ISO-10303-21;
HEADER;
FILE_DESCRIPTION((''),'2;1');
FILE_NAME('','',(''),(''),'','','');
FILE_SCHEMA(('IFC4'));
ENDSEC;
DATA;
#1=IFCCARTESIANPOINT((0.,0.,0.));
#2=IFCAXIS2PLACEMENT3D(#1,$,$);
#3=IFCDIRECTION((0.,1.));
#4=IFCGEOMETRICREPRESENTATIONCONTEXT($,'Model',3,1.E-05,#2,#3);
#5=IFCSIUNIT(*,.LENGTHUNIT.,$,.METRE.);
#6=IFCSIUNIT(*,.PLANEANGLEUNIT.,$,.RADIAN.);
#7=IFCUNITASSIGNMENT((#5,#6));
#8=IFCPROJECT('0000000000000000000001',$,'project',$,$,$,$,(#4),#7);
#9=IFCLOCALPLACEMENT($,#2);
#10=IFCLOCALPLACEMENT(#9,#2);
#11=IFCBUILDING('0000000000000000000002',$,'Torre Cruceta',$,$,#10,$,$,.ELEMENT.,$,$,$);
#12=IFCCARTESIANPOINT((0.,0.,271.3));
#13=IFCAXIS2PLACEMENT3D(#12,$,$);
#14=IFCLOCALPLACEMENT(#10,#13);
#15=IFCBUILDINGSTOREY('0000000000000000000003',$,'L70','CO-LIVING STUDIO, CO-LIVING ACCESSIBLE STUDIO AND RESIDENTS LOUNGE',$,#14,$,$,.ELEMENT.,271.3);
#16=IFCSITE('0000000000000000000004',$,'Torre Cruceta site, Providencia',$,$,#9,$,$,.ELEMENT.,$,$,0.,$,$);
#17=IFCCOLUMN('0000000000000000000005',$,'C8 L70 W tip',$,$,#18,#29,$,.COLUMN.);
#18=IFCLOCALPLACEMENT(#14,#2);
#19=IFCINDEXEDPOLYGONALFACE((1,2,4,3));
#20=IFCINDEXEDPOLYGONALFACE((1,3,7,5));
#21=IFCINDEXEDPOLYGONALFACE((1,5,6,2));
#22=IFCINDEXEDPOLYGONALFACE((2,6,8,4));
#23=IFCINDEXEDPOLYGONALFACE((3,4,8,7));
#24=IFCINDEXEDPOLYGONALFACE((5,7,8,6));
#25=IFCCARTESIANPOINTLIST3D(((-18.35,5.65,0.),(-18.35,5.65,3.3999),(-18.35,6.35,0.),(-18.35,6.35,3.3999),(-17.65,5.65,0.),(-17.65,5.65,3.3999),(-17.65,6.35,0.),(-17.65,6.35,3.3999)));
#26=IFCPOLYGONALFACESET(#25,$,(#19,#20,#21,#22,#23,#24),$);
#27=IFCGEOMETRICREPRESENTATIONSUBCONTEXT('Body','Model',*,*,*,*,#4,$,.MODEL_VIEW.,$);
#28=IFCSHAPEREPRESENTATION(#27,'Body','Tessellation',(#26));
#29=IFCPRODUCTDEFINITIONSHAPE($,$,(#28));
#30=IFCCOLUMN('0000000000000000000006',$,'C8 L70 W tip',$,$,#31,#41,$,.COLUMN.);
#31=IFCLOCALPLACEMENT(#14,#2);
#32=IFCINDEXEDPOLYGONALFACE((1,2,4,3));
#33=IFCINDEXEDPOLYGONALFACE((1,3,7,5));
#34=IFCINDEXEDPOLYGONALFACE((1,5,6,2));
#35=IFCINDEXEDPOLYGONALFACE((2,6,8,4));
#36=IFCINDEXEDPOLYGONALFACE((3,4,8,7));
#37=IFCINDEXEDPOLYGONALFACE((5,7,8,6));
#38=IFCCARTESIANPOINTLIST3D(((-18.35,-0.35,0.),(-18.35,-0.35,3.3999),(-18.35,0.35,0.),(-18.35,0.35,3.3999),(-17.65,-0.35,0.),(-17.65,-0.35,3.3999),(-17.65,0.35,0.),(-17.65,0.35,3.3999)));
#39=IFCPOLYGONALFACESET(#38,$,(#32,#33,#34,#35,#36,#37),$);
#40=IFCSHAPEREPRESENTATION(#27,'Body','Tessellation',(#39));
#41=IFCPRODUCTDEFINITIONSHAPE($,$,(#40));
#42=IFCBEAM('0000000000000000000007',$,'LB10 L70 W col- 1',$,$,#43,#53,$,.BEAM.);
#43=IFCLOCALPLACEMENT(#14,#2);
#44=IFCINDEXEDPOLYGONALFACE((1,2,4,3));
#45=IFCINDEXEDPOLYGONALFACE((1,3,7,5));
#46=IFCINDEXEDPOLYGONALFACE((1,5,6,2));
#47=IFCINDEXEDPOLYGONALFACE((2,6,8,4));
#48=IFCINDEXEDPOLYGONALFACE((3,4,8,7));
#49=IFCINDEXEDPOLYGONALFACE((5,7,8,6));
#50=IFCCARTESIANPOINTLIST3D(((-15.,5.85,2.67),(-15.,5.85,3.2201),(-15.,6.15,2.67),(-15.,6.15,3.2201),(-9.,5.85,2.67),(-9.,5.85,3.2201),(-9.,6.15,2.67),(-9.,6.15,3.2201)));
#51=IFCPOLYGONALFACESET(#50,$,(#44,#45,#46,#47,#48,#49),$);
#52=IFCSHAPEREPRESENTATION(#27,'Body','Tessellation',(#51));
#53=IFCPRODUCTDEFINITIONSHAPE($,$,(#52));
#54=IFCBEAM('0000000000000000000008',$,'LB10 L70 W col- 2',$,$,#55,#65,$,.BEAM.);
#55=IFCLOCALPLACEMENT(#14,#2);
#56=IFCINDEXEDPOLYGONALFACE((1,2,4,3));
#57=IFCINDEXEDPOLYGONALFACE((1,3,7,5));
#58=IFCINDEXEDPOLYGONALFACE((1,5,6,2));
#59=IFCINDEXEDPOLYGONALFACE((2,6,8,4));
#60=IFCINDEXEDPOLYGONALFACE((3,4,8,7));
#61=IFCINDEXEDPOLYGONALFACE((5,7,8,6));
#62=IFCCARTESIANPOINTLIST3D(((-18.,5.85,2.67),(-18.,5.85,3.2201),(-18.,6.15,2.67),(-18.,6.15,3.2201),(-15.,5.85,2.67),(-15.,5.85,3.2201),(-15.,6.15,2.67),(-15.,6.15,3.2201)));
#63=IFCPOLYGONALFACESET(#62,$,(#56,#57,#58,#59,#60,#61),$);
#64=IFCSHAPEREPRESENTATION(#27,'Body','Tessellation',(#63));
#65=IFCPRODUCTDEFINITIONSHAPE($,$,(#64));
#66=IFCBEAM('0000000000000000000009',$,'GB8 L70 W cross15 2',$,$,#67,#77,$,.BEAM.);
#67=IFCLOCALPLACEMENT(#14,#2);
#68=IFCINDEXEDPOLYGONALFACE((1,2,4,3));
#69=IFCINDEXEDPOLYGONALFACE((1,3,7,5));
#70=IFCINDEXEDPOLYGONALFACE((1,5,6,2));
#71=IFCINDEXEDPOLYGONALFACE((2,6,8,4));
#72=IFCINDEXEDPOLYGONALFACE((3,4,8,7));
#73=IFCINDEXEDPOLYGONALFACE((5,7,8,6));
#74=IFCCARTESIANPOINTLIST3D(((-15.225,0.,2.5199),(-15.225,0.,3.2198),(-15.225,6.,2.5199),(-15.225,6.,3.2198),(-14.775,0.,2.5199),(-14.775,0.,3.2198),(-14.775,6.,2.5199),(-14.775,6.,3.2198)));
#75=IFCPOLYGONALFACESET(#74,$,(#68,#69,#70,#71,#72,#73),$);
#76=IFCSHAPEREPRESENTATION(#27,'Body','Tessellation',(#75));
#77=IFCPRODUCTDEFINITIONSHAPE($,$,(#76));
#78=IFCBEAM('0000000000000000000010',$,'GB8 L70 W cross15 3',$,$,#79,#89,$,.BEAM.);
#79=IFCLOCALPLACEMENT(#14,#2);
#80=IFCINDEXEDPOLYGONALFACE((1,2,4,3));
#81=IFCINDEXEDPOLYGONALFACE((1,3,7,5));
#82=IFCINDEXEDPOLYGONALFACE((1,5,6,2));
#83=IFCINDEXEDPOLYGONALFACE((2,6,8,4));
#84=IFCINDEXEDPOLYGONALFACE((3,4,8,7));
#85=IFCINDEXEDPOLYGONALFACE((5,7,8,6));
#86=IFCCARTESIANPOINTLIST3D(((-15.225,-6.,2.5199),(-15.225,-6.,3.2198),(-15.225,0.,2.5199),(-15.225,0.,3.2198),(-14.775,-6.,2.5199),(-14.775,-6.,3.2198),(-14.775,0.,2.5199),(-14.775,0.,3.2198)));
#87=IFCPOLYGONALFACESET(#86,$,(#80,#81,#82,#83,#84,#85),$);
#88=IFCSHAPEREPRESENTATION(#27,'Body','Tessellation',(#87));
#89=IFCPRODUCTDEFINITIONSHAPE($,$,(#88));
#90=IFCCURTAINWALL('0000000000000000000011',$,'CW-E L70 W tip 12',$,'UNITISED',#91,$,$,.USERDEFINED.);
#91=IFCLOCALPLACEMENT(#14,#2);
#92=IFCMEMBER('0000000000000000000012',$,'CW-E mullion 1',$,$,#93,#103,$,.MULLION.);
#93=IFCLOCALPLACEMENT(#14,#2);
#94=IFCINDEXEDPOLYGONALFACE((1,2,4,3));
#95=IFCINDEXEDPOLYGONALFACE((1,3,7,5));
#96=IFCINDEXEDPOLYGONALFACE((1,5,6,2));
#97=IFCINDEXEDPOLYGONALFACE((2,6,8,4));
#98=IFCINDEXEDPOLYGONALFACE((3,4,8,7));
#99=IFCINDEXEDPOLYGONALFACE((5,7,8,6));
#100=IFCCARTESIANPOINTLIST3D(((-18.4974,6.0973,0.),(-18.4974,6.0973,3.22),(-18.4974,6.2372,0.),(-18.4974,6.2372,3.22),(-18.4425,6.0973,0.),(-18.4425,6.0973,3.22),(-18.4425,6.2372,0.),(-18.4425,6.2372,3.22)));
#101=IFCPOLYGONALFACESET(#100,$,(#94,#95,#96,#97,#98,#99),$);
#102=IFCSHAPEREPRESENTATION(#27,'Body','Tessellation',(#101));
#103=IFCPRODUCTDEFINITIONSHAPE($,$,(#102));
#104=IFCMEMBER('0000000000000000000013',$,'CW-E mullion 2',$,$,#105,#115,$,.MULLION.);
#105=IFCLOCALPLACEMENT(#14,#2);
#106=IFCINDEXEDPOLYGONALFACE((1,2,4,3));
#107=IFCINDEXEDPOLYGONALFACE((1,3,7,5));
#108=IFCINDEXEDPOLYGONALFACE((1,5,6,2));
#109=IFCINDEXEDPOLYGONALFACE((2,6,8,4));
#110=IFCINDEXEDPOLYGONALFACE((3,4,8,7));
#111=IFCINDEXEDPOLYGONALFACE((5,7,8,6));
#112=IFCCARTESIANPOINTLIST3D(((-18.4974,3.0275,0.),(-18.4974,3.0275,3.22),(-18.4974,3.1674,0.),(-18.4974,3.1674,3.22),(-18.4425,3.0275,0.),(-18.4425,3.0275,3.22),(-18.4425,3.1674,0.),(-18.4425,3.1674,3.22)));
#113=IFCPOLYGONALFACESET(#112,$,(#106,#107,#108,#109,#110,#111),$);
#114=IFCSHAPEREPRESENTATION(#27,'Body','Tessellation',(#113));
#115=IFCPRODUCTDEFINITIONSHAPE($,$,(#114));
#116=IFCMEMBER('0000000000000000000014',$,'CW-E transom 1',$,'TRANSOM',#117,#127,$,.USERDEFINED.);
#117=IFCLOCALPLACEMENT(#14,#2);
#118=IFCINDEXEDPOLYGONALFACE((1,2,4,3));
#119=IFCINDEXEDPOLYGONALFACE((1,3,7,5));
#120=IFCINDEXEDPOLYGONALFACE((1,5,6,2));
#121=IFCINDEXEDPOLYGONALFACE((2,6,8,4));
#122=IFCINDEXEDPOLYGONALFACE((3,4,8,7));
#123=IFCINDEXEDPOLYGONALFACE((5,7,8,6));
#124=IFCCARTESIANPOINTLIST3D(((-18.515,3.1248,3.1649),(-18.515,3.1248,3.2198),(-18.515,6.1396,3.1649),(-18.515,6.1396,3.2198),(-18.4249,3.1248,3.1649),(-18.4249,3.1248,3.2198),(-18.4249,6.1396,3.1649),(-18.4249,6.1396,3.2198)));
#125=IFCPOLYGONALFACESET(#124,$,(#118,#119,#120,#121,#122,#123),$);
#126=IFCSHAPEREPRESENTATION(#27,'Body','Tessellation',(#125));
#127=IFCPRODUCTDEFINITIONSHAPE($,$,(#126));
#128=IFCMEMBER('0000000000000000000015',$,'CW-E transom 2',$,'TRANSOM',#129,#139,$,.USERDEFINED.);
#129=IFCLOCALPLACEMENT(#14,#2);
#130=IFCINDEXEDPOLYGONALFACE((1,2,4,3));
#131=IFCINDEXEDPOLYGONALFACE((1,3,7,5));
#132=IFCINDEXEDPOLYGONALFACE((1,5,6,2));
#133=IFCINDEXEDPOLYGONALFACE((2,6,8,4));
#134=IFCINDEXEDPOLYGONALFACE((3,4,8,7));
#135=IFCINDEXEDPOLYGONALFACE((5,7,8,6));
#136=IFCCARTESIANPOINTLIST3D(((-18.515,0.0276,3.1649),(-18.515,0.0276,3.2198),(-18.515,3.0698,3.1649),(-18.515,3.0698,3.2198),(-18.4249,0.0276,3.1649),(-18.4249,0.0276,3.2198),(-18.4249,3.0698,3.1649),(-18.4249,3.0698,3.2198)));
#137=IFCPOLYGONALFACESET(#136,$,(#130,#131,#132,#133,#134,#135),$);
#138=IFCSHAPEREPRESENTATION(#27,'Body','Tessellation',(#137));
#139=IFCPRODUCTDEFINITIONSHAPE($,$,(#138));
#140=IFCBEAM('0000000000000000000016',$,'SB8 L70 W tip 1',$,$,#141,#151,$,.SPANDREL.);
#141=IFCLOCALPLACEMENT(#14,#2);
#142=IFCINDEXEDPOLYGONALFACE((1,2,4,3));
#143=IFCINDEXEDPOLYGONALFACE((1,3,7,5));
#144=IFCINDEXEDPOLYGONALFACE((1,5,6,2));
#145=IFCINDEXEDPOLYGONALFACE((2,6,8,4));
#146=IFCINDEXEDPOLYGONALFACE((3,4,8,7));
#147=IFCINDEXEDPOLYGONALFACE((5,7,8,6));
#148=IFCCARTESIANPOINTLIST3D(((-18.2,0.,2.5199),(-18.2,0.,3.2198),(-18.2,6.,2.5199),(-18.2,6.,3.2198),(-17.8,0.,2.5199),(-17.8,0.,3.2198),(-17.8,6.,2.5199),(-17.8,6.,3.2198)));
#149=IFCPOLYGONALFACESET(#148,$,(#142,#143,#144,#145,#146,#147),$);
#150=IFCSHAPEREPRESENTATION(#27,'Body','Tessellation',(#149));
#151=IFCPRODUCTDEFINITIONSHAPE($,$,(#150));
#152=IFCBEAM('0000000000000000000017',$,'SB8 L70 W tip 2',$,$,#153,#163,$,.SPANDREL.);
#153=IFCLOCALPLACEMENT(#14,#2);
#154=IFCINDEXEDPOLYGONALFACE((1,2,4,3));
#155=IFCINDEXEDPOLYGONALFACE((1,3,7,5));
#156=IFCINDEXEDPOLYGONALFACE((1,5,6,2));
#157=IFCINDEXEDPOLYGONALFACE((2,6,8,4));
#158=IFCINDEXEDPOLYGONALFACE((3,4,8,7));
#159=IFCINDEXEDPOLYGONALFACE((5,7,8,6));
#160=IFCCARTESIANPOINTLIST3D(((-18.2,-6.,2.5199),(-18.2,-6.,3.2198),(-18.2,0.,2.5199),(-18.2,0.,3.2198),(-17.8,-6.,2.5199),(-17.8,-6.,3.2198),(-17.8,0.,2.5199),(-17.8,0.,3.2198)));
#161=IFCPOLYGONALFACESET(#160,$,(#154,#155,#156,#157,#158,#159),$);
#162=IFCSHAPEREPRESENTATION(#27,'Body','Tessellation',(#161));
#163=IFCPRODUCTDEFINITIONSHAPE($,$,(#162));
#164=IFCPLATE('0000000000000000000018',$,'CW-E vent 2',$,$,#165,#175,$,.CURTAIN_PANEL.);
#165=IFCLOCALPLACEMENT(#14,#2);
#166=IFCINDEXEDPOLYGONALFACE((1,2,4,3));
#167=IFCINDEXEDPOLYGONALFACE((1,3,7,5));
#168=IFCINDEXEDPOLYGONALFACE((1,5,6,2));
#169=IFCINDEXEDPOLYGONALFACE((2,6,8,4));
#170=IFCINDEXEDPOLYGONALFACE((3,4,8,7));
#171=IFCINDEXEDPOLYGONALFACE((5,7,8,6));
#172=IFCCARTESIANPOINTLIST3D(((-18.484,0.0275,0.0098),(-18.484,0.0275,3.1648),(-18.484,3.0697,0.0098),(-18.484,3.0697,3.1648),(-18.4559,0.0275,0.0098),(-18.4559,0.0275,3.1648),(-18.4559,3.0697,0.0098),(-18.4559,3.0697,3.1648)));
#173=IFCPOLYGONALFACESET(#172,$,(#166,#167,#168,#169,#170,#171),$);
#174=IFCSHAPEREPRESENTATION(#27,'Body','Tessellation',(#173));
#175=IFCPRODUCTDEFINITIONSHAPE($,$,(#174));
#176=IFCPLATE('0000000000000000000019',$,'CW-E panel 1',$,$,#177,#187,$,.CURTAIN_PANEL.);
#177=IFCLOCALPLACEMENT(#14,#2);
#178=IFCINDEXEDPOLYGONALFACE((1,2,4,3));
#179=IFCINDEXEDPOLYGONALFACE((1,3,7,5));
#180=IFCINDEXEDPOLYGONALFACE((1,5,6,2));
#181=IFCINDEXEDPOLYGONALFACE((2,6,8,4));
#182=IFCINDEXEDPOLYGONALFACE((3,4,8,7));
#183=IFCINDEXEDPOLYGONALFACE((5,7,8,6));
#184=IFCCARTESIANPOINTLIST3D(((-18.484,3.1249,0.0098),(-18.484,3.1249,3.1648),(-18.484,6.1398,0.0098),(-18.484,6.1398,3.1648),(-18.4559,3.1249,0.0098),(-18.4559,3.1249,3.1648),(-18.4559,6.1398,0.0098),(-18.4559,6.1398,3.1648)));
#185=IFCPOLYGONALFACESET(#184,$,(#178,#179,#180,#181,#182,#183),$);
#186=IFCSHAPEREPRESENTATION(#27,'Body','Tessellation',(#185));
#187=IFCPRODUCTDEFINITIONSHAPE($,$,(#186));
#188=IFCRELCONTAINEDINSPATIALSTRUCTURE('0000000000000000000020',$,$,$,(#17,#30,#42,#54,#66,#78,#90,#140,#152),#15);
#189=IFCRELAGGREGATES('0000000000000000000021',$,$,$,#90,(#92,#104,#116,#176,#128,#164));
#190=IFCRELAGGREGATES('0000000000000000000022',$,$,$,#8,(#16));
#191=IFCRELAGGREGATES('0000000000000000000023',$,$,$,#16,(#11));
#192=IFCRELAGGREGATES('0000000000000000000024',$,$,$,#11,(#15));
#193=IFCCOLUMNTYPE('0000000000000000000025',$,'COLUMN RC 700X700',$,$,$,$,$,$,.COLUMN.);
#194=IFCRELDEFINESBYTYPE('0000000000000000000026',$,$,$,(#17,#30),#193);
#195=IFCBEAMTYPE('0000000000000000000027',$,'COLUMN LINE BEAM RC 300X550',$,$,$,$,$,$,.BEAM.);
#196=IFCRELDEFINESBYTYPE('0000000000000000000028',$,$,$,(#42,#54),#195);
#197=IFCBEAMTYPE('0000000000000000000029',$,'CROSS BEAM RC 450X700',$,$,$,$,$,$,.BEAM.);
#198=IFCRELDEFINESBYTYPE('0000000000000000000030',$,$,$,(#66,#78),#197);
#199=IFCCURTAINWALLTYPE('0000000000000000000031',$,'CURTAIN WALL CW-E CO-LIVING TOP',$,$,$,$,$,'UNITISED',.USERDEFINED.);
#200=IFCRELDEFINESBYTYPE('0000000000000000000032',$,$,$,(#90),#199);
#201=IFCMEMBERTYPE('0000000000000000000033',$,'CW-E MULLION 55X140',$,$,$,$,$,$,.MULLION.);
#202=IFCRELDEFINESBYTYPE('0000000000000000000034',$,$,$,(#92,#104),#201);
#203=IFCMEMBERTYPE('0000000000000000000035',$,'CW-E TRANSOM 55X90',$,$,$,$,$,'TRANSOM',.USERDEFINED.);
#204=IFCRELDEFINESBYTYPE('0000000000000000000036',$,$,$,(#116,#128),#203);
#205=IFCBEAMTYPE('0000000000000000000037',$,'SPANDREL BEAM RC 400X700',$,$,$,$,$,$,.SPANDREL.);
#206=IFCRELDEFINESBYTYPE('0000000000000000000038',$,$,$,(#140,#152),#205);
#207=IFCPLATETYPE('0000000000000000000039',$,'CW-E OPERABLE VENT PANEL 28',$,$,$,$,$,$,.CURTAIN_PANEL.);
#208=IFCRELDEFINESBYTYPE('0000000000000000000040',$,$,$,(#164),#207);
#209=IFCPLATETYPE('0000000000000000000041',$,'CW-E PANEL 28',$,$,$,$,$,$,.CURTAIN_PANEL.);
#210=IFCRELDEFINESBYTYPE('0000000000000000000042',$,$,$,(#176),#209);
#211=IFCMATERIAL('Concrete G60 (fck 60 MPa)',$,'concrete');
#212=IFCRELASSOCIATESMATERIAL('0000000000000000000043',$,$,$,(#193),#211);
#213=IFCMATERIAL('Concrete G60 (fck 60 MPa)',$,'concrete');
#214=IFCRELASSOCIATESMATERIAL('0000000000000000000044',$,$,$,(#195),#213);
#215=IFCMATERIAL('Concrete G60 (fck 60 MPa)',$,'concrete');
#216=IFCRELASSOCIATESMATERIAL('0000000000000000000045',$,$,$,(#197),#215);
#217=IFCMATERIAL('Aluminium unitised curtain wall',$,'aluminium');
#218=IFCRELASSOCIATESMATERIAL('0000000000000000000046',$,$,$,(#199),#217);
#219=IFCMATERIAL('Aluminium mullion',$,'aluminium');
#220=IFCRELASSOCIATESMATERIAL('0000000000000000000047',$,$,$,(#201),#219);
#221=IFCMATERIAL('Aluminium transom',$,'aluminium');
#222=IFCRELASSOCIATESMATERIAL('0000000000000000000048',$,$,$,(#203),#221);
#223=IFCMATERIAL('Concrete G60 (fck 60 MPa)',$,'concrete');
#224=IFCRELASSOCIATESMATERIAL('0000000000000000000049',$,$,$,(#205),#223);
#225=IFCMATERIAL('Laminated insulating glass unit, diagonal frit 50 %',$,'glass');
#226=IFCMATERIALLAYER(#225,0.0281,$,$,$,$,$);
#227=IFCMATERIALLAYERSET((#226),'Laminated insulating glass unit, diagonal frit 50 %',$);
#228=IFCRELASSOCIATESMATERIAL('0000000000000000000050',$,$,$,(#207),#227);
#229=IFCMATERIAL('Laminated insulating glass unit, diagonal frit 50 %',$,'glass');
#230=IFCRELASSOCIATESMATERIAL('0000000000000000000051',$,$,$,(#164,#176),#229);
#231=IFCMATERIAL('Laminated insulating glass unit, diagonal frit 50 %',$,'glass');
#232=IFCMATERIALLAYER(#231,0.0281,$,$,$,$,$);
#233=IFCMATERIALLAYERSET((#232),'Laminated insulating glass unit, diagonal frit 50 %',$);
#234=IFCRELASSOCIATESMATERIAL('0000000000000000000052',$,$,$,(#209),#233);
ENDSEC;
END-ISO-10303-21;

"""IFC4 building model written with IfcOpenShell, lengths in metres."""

from ifc_helpers import new_model, si_unit, direction, frame, origin, origin_2d, place, context, subcontext, project, spatial, rectangle, extrude, material, layer, layer_set, material_profile, profile_set, type_object, element, aggregate, save


model = new_model("IFC4")

# Units and contexts
model_context = context("Model", 3, precision=1e-05, world=origin(), true_north=direction((0.0, 1.0)))
body_context = subcontext(model_context, "Body", "Model", "MODEL_VIEW")
ifc_project = project(units=[si_unit("LENGTHUNIT", "METRE"), si_unit("PLANEANGLEUNIT", "RADIAN")], contexts=[model_context])

# Site, building, storey
site_placement = place(None, origin())
site = spatial("IfcSite", under=ifc_project, at=site_placement, Name="Torre Cruceta site, Providencia", CompositionType="ELEMENT", RefElevation=0.0)
building_placement = place(site_placement, origin())
building = spatial("IfcBuilding", under=site, at=building_placement, Name="Torre Cruceta", CompositionType="ELEMENT")
storey_placement = place(building_placement, frame((0.0, 0.0, 271.3)))
storey = spatial("IfcBuildingStorey", under=building, at=storey_placement, Name="L70", Description="CO-LIVING STUDIO, CO-LIVING ACCESSIBLE STUDIO AND RESIDENTS LOUNGE", CompositionType="ELEMENT", Elevation=271.3)

# Columns
ifc_material_1 = material(Name="Concrete G60 (fck 60 MPa)", Category="concrete")
ifc_material_profile_1 = material_profile(ifc_material_1, rectangle(XDim=0.7, YDim=0.7, at=origin_2d()), Name="RC 700X700")
ifc_profile_set_1 = profile_set([ifc_material_profile_1], Name="Concrete G60 (fck 60 MPa)")
column_type = type_object("IfcColumnType", Name="COLUMN RC 700X700", PredefinedType="COLUMN", material=ifc_profile_set_1)
for number, where, z_axis, x_axis, name in (
    (1, (-18.0, 6.0, 0.0), (0.0, 0.0, 1.0), (1.0, 0.0, 0.0), "C8 L70 W tip"),
    (2, (-18.0, 0.0, 0.0), (0.0, 0.0, 1.0), (1.0, 0.0, 0.0), "C8 L70 W tip"),
):
    element("IfcColumn", number, at=place(storey_placement, frame(where, z_axis=z_axis, x_axis=x_axis)), inside=storey, type_object=column_type, Name=name, PredefinedType="COLUMN", context=body_context, shape_type="SweptSolid", body=[
        extrude(rectangle(XDim=0.7, YDim=0.7, at=origin_2d()), origin(), (0.0, 0.0, 1.0), 3.3999),
    ])

# Beams
ifc_material_2 = material(Name="Concrete G60 (fck 60 MPa)", Category="concrete")
ifc_material_profile_2 = material_profile(ifc_material_2, rectangle(XDim=0.3, YDim=0.55, at=origin_2d()), Name="RC 300X550")
ifc_profile_set_2 = profile_set([ifc_material_profile_2], Name="Concrete G60 (fck 60 MPa)")
beam_type_1 = type_object("IfcBeamType", Name="COLUMN LINE BEAM RC 300X550", PredefinedType="BEAM", material=ifc_profile_set_2)
beam_1_placement = place(storey_placement, frame((-9.0, 6.0, 2.9451), z_axis=(-1.0, 0.0, 0.0), x_axis=(0.0, -1.0, 0.0)))
element("IfcBeam", 3, at=beam_1_placement, inside=storey, type_object=beam_type_1, Name="LB10 L70 W col- 1", PredefinedType="BEAM", context=body_context, shape_type="SweptSolid", body=[
    extrude(rectangle(XDim=0.3, YDim=0.55, at=origin_2d()), origin(), (0.0, 0.0, 1.0), 6.0),
])
beam_2_placement = place(storey_placement, frame((-15.0, 6.0, 2.9451), z_axis=(-1.0, 0.0, 0.0), x_axis=(0.0, -1.0, 0.0)))
element("IfcBeam", 4, at=beam_2_placement, inside=storey, type_object=beam_type_1, Name="LB10 L70 W col- 2", PredefinedType="BEAM", context=body_context, shape_type="SweptSolid", body=[
    extrude(rectangle(XDim=0.3, YDim=0.55, at=origin_2d()), origin(), (0.0, 0.0, 1.0), 3.0),
])
ifc_material_3 = material(Name="Concrete G60 (fck 60 MPa)", Category="concrete")
ifc_material_profile_3 = material_profile(ifc_material_3, rectangle(XDim=0.45, YDim=0.7, at=origin_2d()), Name="RC 450X700")
ifc_profile_set_3 = profile_set([ifc_material_profile_3], Name="Concrete G60 (fck 60 MPa)")
beam_type_2 = type_object("IfcBeamType", Name="CROSS BEAM RC 450X700", PredefinedType="BEAM", material=ifc_profile_set_3)
for number, where, z_axis, x_axis, name in (
    (5, (-15.0, 6.0, 2.8699), (0.0, -1.0, 0.0), (1.0, 0.0, 0.0), "GB8 L70 W cross15 2"),
    (6, (-15.0, 0.0, 2.8699), (0.0, -1.0, 0.0), (1.0, 0.0, 0.0), "GB8 L70 W cross15 3"),
):
    element("IfcBeam", number, at=place(storey_placement, frame(where, z_axis=z_axis, x_axis=x_axis)), inside=storey, type_object=beam_type_2, Name=name, PredefinedType="BEAM", context=body_context, shape_type="SweptSolid", body=[
        extrude(rectangle(XDim=0.45, YDim=0.7, at=origin_2d()), origin(), (0.0, 0.0, 1.0), 6.0),
    ])

# Curtain wall, members
ifc_material_4 = material(Name="Aluminium unitised curtain wall", Category="aluminium")
curtain_wall_type = type_object("IfcCurtainWallType", Name="CURTAIN WALL CW-E CO-LIVING TOP", ElementType="UNITISED", PredefinedType="USERDEFINED", material=ifc_material_4)
curtain_wall_placement = place(storey_placement, origin())
curtain_wall = element("IfcCurtainWall", 7, at=curtain_wall_placement, inside=storey, type_object=curtain_wall_type, Name="CW-E L70 W tip 12", ObjectType="UNITISED", PredefinedType="USERDEFINED")
ifc_material_5 = material(Name="Aluminium mullion", Category="aluminium")
ifc_material_profile_4 = material_profile(ifc_material_5, rectangle(XDim=0.0549, YDim=0.1399, at=origin_2d()), Name="AL 55X140")
ifc_profile_set_4 = profile_set([ifc_material_profile_4], Name="Aluminium mullion")
member_type_1 = type_object("IfcMemberType", Name="CW-E MULLION 55X140", PredefinedType="MULLION", material=ifc_profile_set_4)
member_1_placement = place(storey_placement, frame((-18.47, 6.1672, 0.0), z_axis=(0.0, 0.0, 1.0), x_axis=(1.0, 0.0, 0.0)))
member_1 = element("IfcMember", 8, at=member_1_placement, type_object=member_type_1, Name="CW-E mullion 1", PredefinedType="MULLION", context=body_context, shape_type="SweptSolid", body=[
    extrude(rectangle(XDim=0.0549, YDim=0.1399, at=origin_2d()), origin(), (0.0, 0.0, 1.0), 3.22),
])
member_2_placement = place(storey_placement, frame((-18.47, 3.0974, 0.0), z_axis=(0.0, 0.0, 1.0), x_axis=(1.0, 0.0, 0.0)))
member_2 = element("IfcMember", 9, at=member_2_placement, type_object=member_type_1, Name="CW-E mullion 2", PredefinedType="MULLION", context=body_context, shape_type="SweptSolid", body=[
    extrude(rectangle(XDim=0.0549, YDim=0.1399, at=origin_2d()), origin(), (0.0, 0.0, 1.0), 3.22),
])
ifc_material_6 = material(Name="Aluminium transom", Category="aluminium")
ifc_material_profile_5 = material_profile(ifc_material_6, rectangle(XDim=0.0901, YDim=0.0549, at=origin_2d()), Name="AL 90X55")
ifc_profile_set_5 = profile_set([ifc_material_profile_5], Name="Aluminium transom")
member_type_2 = type_object("IfcMemberType", Name="CW-E TRANSOM 55X90", ElementType="TRANSOM", PredefinedType="USERDEFINED", material=ifc_profile_set_5)
member_3_placement = place(storey_placement, frame((-18.47, 6.1396, 3.1924), z_axis=(0.0, -1.0, 0.0), x_axis=(1.0, 0.0, 0.0)))
member_3 = element("IfcMember", 10, at=member_3_placement, type_object=member_type_2, Name="CW-E transom 1", ObjectType="TRANSOM", PredefinedType="USERDEFINED", context=body_context, shape_type="SweptSolid", body=[
    extrude(rectangle(XDim=0.0901, YDim=0.0549, at=origin_2d()), origin(), (0.0, 0.0, 1.0), 3.0149),
])
member_4_placement = place(storey_placement, frame((-18.47, 3.0698, 3.1924), z_axis=(0.0, -1.0, 0.0), x_axis=(1.0, 0.0, 0.0)))
member_4 = element("IfcMember", 11, at=member_4_placement, type_object=member_type_2, Name="CW-E transom 2", ObjectType="TRANSOM", PredefinedType="USERDEFINED", context=body_context, shape_type="SweptSolid", body=[
    extrude(rectangle(XDim=0.0901, YDim=0.0549, at=origin_2d()), origin(), (0.0, 0.0, 1.0), 3.0422),
])

# Beams
ifc_material_7 = material(Name="Concrete G60 (fck 60 MPa)", Category="concrete")
ifc_material_profile_6 = material_profile(ifc_material_7, rectangle(XDim=0.3999, YDim=0.7, at=origin_2d()), Name="RC 400X700")
ifc_profile_set_6 = profile_set([ifc_material_profile_6], Name="Concrete G60 (fck 60 MPa)")
beam_type_3 = type_object("IfcBeamType", Name="SPANDREL BEAM RC 400X700", PredefinedType="SPANDREL", material=ifc_profile_set_6)
for number, where, z_axis, x_axis, name in (
    (12, (-18.0, 6.0, 2.8699), (0.0, -1.0, 0.0), (1.0, 0.0, 0.0), "SB8 L70 W tip 1"),
    (13, (-18.0, 0.0, 2.8699), (0.0, -1.0, 0.0), (1.0, 0.0, 0.0), "SB8 L70 W tip 2"),
):
    element("IfcBeam", number, at=place(storey_placement, frame(where, z_axis=z_axis, x_axis=x_axis)), inside=storey, type_object=beam_type_3, Name=name, PredefinedType="SPANDREL", context=body_context, shape_type="SweptSolid", body=[
        extrude(rectangle(XDim=0.3999, YDim=0.7, at=origin_2d()), origin(), (0.0, 0.0, 1.0), 6.0),
    ])

# Plates
ifc_material_8 = material(Name="Laminated insulating glass unit, diagonal frit 50 %", Category="glass")
ifc_material_9 = material(Name="Laminated insulating glass unit, diagonal frit 50 %", Category="glass")
ifc_layer_1 = layer(ifc_material_9, 0.0281)
ifc_layer_set_1 = layer_set([ifc_layer_1], Name="Laminated insulating glass unit, diagonal frit 50 %")
plate_type_1 = type_object("IfcPlateType", Name="CW-E OPERABLE VENT PANEL 28", PredefinedType="CURTAIN_PANEL", material=ifc_layer_set_1)
plate_1_placement = place(storey_placement, frame((-18.47, 1.5486, 0.0098), z_axis=(0.0, 0.0, 1.0), x_axis=(0.0, -1.0, 0.0)))
plate_1 = element("IfcPlate", 14, at=plate_1_placement, type_object=plate_type_1, material=ifc_material_8, Name="CW-E vent 2", PredefinedType="CURTAIN_PANEL", context=body_context, shape_type="SweptSolid", body=[
    extrude(rectangle(XDim=3.0422, YDim=0.0281, at=origin_2d()), origin(), (0.0, 0.0, 1.0), 3.155),
])
ifc_material_10 = material(Name="Laminated insulating glass unit, diagonal frit 50 %", Category="glass")
ifc_layer_2 = layer(ifc_material_10, 0.0281)
ifc_layer_set_2 = layer_set([ifc_layer_2], Name="Laminated insulating glass unit, diagonal frit 50 %")
plate_type_2 = type_object("IfcPlateType", Name="CW-E PANEL 28", PredefinedType="CURTAIN_PANEL", material=ifc_layer_set_2)
plate_2_placement = place(storey_placement, frame((-18.47, 4.6323, 0.0098), z_axis=(0.0, 0.0, 1.0), x_axis=(0.0, -1.0, 0.0)))
plate_2 = element("IfcPlate", 15, at=plate_2_placement, type_object=plate_type_2, material=ifc_material_8, Name="CW-E panel 1", PredefinedType="CURTAIN_PANEL", context=body_context, shape_type="SweptSolid", body=[
    extrude(rectangle(XDim=3.0149, YDim=0.0281, at=origin_2d()), origin(), (0.0, 0.0, 1.0), 3.155),
])
aggregate(curtain_wall, [member_1, member_2, member_3, plate_2, member_4, plate_1])

save(model, "model.ifc")
